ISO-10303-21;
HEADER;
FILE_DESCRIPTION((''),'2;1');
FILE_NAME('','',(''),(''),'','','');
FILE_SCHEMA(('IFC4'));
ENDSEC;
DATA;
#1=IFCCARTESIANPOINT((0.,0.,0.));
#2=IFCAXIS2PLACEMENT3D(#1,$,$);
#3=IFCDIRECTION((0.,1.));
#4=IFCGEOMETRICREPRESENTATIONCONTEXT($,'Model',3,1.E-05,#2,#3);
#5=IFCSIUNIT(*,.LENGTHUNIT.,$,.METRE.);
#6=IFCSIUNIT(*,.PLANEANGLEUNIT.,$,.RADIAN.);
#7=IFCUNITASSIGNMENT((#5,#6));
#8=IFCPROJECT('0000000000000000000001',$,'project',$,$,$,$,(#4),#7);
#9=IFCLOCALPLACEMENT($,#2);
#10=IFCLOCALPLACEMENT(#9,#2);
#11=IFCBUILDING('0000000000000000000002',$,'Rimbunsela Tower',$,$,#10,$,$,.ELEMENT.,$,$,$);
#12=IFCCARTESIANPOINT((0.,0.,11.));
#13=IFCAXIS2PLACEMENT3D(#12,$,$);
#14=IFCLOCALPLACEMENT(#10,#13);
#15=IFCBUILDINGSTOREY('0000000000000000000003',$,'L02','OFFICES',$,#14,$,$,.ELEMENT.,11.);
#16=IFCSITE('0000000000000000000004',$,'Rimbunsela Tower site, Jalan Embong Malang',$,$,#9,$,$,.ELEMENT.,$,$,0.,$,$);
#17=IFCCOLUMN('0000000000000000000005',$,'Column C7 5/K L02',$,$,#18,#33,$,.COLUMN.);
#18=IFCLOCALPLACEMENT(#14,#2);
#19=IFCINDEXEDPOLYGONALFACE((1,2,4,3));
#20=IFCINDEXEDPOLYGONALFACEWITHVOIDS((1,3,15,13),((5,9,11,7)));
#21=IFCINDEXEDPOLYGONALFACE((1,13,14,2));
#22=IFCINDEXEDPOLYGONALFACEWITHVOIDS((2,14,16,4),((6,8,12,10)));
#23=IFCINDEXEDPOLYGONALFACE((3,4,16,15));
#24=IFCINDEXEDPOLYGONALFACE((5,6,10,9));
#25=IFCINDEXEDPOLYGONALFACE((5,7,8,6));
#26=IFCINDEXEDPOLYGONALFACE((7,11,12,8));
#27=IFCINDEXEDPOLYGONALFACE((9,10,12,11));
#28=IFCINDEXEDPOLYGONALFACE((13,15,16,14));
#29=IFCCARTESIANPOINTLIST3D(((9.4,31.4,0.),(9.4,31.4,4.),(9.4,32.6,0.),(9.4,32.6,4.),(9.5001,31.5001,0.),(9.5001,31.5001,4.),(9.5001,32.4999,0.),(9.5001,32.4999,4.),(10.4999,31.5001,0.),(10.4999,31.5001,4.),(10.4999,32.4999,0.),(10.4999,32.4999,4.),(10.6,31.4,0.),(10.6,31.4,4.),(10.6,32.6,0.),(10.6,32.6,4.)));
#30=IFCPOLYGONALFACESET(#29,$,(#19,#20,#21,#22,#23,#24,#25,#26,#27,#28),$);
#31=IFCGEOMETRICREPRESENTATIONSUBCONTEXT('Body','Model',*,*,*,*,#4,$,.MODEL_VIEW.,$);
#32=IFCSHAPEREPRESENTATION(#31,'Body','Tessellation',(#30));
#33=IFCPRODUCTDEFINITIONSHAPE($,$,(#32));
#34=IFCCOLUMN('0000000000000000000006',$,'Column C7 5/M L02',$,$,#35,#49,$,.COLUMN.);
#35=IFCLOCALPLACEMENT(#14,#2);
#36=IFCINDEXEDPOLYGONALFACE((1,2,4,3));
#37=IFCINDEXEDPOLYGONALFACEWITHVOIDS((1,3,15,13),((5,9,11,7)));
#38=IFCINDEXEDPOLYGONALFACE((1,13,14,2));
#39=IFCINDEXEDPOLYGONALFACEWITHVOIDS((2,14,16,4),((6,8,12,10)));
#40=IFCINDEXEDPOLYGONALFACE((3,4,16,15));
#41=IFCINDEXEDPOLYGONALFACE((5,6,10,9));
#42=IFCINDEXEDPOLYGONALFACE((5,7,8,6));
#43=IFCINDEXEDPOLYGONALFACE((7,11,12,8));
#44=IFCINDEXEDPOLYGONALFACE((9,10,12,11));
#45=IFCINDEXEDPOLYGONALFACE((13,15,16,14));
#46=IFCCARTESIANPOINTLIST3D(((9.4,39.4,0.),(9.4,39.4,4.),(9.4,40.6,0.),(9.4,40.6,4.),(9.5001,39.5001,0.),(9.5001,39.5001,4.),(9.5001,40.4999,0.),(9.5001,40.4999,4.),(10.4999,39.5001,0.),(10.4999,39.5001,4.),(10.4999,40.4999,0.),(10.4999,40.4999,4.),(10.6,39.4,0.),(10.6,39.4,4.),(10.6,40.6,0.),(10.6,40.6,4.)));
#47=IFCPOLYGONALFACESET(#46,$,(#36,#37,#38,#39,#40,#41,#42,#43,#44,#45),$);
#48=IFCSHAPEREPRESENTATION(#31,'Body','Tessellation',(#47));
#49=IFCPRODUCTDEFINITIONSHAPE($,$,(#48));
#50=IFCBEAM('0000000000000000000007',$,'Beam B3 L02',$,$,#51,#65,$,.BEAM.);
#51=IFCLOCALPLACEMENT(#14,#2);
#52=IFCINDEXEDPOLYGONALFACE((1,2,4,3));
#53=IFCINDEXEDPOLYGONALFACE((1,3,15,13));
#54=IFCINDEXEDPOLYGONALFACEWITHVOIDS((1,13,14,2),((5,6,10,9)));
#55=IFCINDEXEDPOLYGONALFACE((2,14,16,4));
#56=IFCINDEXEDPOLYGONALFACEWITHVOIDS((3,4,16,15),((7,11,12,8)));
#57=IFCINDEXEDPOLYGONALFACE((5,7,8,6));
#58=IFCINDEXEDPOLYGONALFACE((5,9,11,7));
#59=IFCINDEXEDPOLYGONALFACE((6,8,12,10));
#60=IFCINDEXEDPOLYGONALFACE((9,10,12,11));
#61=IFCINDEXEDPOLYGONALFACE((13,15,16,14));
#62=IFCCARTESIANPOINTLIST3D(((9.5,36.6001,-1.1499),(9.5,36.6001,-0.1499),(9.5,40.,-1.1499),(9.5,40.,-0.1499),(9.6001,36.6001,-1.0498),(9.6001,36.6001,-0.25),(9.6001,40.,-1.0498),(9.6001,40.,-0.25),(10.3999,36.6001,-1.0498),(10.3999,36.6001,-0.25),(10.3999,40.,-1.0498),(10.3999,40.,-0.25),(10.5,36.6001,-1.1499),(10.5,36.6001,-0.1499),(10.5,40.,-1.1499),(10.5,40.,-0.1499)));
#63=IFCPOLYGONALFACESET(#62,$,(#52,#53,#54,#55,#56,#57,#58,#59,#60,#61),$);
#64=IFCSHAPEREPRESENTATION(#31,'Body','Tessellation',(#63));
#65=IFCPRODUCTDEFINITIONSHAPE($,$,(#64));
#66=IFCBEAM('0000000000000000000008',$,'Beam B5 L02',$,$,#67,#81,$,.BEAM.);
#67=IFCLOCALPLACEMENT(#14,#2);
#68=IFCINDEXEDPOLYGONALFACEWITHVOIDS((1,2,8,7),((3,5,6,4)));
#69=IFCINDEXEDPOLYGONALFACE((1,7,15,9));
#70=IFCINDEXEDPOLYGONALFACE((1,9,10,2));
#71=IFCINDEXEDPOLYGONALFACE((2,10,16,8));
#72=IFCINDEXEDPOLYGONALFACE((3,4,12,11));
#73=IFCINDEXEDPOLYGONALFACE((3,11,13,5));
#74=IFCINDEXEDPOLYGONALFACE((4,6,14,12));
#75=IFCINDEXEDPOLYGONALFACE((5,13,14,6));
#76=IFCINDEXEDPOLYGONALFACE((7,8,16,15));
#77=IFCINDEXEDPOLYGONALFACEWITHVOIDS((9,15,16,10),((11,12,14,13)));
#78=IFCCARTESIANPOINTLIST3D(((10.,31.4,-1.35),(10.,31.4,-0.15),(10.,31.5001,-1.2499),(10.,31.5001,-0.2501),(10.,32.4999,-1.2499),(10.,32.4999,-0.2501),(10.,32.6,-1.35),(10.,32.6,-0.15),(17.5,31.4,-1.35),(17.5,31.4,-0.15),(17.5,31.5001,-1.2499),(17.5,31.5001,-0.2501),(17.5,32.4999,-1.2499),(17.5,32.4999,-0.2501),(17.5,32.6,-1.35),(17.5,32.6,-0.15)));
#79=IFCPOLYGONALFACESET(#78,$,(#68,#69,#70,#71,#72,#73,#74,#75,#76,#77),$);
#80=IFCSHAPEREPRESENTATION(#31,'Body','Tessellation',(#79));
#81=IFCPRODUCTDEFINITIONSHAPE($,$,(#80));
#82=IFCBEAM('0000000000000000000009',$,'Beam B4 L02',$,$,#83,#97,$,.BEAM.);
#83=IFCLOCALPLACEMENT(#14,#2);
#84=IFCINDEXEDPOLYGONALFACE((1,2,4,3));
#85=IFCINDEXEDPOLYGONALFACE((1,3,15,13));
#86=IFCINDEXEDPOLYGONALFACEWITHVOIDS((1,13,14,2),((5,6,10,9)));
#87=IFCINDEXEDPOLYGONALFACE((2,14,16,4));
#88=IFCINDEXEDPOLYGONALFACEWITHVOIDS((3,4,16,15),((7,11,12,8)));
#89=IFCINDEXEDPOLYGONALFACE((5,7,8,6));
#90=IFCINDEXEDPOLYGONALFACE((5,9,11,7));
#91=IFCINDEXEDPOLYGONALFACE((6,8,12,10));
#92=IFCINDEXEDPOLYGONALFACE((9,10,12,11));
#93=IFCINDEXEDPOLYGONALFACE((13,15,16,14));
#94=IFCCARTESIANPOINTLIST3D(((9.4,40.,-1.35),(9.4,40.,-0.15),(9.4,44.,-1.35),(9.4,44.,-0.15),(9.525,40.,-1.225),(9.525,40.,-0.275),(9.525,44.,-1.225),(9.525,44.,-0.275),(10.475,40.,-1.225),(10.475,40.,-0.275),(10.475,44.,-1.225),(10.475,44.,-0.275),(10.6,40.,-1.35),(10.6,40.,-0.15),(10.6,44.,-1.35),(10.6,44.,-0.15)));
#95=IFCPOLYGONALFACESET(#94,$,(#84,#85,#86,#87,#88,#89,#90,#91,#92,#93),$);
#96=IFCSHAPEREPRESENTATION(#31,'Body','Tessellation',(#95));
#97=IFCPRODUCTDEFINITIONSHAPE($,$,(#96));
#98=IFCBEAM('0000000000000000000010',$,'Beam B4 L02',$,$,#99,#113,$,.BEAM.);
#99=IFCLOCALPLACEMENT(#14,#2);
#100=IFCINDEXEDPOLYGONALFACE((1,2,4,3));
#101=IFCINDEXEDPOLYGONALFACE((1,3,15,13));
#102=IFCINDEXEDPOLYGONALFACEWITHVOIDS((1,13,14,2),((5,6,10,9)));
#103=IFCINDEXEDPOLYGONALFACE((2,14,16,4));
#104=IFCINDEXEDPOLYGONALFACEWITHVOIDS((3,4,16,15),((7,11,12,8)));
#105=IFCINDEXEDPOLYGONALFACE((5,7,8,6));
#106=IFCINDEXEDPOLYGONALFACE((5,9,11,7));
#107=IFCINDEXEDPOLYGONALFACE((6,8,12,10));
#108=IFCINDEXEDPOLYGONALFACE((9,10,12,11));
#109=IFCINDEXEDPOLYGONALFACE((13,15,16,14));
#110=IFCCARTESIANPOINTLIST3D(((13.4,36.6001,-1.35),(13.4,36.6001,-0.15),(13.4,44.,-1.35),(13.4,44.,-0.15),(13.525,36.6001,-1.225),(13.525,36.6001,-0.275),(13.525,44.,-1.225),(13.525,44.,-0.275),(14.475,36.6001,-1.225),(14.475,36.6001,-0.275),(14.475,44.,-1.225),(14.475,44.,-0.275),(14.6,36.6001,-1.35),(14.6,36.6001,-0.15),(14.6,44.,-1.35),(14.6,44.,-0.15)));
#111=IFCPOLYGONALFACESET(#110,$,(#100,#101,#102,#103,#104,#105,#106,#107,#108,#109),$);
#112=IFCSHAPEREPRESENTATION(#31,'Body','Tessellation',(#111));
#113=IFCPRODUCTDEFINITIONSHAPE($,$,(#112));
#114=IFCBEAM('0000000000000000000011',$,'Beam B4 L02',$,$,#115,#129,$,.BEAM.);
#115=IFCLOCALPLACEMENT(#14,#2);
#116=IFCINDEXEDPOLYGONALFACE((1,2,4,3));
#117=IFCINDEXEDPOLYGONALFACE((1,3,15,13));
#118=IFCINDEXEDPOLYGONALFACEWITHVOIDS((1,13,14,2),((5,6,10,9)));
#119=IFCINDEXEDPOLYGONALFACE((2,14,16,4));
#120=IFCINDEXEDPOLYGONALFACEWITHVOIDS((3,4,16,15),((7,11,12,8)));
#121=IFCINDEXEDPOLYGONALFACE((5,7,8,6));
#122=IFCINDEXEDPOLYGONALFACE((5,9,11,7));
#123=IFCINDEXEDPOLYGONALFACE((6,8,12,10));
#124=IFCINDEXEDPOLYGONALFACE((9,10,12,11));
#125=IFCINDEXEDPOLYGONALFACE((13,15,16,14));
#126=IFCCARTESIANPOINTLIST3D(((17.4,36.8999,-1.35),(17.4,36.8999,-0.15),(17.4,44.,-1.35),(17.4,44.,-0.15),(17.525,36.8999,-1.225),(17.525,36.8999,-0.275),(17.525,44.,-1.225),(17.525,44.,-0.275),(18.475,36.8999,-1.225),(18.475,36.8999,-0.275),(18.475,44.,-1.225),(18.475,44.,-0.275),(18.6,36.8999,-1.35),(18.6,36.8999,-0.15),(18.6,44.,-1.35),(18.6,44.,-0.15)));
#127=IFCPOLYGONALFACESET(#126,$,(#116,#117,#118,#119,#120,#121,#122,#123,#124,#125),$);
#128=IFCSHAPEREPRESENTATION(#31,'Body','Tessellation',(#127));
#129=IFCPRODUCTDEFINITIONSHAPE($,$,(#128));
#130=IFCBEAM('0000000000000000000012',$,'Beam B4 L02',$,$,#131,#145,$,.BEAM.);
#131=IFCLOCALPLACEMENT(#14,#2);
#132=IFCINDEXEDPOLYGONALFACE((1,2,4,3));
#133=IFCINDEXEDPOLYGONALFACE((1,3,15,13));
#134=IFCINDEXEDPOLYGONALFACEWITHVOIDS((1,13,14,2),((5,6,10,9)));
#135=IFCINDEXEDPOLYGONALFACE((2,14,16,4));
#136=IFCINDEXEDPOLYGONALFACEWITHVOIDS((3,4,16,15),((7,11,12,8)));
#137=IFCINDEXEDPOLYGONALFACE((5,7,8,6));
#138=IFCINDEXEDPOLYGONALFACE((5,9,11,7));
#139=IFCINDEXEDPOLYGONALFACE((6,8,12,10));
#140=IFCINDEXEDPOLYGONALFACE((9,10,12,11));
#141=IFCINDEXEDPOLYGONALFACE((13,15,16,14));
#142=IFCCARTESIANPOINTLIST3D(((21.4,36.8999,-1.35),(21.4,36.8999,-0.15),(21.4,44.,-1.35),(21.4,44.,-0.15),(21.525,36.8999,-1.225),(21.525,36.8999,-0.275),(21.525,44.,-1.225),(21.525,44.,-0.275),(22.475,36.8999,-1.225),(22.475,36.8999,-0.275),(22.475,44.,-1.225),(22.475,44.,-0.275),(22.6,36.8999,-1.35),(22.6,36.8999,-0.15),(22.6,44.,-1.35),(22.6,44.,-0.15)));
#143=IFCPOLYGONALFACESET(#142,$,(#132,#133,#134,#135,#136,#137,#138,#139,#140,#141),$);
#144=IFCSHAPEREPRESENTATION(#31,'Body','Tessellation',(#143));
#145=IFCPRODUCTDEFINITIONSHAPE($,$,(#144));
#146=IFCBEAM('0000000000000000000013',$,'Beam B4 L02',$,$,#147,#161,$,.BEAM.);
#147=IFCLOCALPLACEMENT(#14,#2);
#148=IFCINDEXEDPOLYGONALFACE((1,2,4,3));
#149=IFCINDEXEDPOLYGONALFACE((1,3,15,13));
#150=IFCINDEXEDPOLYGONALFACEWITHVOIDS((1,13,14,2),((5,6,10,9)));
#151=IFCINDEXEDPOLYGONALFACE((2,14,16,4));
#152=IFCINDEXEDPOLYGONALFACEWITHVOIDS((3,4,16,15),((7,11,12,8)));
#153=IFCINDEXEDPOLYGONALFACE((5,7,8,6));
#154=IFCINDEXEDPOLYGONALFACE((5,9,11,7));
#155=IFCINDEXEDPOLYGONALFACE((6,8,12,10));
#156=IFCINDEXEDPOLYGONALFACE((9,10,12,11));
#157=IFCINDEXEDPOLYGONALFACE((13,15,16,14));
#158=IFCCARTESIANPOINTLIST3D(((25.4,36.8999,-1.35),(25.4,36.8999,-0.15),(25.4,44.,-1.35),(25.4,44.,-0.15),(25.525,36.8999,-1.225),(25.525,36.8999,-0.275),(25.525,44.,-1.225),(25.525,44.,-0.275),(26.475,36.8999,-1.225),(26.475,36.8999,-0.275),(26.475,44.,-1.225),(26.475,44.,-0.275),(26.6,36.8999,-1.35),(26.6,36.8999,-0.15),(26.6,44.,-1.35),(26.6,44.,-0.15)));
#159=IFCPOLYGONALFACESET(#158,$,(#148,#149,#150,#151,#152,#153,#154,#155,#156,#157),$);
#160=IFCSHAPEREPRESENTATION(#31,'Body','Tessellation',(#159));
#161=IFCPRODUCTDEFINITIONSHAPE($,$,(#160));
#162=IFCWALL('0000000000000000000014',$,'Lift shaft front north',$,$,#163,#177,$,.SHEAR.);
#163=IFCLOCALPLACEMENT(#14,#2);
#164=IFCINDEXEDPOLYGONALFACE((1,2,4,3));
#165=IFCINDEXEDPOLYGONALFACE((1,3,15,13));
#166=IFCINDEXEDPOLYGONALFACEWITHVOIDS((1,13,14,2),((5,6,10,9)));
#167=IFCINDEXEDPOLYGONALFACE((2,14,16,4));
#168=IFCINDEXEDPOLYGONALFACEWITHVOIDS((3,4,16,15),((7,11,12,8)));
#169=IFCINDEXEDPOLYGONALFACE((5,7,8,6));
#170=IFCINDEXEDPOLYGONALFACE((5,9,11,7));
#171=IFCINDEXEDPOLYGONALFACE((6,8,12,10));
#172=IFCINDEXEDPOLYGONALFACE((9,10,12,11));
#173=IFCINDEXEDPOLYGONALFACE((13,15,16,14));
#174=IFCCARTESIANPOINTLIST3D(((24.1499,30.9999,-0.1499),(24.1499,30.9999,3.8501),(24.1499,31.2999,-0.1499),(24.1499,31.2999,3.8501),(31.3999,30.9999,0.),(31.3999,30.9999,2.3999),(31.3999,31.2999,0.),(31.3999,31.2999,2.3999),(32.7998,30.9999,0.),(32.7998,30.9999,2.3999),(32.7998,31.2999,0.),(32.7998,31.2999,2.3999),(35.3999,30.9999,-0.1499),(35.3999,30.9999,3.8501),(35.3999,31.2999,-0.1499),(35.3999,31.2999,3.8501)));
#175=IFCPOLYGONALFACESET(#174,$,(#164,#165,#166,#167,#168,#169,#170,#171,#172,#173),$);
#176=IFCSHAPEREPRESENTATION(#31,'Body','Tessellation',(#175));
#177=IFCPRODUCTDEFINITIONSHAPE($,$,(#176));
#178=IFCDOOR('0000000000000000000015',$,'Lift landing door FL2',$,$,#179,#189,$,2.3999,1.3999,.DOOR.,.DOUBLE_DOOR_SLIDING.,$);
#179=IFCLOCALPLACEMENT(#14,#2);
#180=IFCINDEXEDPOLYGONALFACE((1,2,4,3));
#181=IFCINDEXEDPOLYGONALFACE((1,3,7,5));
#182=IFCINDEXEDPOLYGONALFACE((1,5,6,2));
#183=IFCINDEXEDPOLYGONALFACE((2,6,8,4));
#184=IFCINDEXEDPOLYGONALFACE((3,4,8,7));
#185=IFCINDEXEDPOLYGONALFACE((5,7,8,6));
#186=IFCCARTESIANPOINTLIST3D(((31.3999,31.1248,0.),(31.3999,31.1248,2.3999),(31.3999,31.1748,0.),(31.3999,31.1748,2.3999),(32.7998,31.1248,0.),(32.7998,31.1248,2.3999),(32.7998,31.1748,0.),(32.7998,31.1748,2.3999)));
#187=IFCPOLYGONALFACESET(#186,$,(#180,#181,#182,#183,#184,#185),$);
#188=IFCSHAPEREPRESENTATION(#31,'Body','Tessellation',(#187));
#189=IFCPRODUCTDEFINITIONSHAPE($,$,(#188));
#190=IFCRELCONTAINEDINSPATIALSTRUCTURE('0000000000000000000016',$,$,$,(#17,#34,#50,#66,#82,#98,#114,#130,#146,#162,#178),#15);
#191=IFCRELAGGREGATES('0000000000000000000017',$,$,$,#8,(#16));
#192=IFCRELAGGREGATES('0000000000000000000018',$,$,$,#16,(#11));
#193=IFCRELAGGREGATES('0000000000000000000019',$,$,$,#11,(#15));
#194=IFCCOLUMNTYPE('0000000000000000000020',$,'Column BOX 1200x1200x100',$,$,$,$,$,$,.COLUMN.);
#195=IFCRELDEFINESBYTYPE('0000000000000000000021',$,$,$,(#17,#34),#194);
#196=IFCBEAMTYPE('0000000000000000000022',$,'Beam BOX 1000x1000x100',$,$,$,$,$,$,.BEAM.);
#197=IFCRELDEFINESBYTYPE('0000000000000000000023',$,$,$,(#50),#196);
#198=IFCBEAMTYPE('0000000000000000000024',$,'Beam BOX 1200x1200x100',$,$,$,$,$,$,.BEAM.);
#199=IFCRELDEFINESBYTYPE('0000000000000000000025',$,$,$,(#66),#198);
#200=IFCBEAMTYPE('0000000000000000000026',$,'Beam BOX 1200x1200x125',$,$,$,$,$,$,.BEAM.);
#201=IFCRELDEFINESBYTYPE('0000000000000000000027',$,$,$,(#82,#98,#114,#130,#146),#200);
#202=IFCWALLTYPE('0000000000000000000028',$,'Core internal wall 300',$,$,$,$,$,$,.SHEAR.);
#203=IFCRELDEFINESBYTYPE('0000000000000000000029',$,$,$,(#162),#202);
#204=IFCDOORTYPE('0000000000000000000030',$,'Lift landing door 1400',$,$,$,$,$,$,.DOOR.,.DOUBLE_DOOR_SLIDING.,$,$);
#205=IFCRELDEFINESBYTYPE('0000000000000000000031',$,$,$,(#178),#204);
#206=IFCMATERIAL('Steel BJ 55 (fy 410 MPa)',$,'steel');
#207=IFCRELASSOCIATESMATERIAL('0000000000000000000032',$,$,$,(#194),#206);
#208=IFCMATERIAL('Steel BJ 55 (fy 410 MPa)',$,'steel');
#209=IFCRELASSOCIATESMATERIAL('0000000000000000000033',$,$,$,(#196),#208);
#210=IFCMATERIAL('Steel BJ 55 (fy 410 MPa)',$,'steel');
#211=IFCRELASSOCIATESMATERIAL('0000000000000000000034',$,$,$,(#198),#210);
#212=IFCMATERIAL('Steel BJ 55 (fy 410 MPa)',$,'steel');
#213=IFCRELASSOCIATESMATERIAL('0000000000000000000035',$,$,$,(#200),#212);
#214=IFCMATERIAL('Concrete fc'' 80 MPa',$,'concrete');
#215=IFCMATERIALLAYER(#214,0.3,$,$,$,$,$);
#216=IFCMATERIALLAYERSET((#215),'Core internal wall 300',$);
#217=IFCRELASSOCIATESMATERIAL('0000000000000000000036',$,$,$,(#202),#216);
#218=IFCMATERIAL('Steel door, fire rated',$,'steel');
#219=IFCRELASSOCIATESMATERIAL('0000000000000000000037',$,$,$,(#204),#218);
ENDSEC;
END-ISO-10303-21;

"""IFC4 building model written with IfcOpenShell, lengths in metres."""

from ifc_helpers import new_model, si_unit, direction, frame, frame_2d, origin, origin_2d, place, context, subcontext, project, spatial, rectangle, hollow_rectangle, extrude, material, layer, layer_set, material_profile, profile_set, type_object, element, fill, save


model = new_model("IFC4")

# Units and contexts
model_context = context("Model", 3, precision=1e-05, world=origin(), true_north=direction((0.0, 1.0)))
body_context = subcontext(model_context, "Body", "Model", "MODEL_VIEW")
ifc_project = project(units=[si_unit("LENGTHUNIT", "METRE"), si_unit("PLANEANGLEUNIT", "RADIAN")], contexts=[model_context])

# Site, building, storey
site_placement = place(None, origin())
site = spatial("IfcSite", under=ifc_project, at=site_placement, Name="Rimbunsela Tower site, Jalan Embong Malang", CompositionType="ELEMENT", RefElevation=0.0)
building_placement = place(site_placement, origin())
building = spatial("IfcBuilding", under=site, at=building_placement, Name="Rimbunsela Tower", CompositionType="ELEMENT")
storey_placement = place(building_placement, frame((0.0, 0.0, 11.0)))
storey = spatial("IfcBuildingStorey", under=building, at=storey_placement, Name="L02", Description="OFFICES", CompositionType="ELEMENT", Elevation=11.0)

# Columns
ifc_material_1 = material(Name="Steel BJ 55 (fy 410 MPa)", Category="steel")
ifc_material_profile_1 = material_profile(ifc_material_1, hollow_rectangle(XDim=1.2, YDim=1.2, WallThickness=0.1001, at=origin_2d()), Name="BOX 1200x1200x100")
ifc_profile_set_1 = profile_set([ifc_material_profile_1], Name="Steel BJ 55 (fy 410 MPa)")
column_type = type_object("IfcColumnType", Name="Column BOX 1200x1200x100", PredefinedType="COLUMN", material=ifc_profile_set_1)
for number, where, z_axis, x_axis, name in (
    (1, (10.0, 32.0, 0.0), (0.0, 0.0, 1.0), (1.0, 0.0, 0.0), "Column C7 5/K L02"),
    (2, (10.0, 40.0, 0.0), (0.0, 0.0, 1.0), (1.0, 0.0, 0.0), "Column C7 5/M L02"),
):
    element("IfcColumn", number, at=place(storey_placement, frame(where, z_axis=z_axis, x_axis=x_axis)), inside=storey, type_object=column_type, Name=name, PredefinedType="COLUMN", context=body_context, shape_type="SweptSolid", body=[
        extrude(hollow_rectangle(XDim=1.2, YDim=1.2, WallThickness=0.1001, at=origin_2d()), origin(), (0.0, 0.0, 1.0), 4.0),
    ])

# Beams
ifc_material_2 = material(Name="Steel BJ 55 (fy 410 MPa)", Category="steel")
ifc_material_profile_2 = material_profile(ifc_material_2, hollow_rectangle(XDim=1.0, YDim=1.0, WallThickness=0.1001, at=origin_2d()), Name="BOX 1000x1000x100")
ifc_profile_set_2 = profile_set([ifc_material_profile_2], Name="Steel BJ 55 (fy 410 MPa)")
beam_type_1 = type_object("IfcBeamType", Name="Beam BOX 1000x1000x100", PredefinedType="BEAM", material=ifc_profile_set_2)
beam_1_placement = place(storey_placement, frame((10.0, 36.6001, -0.6499), z_axis=(0.0, 1.0, 0.0), x_axis=(-1.0, 0.0, 0.0)))
element("IfcBeam", 3, at=beam_1_placement, inside=storey, type_object=beam_type_1, Name="Beam B3 L02", PredefinedType="BEAM", context=body_context, shape_type="SweptSolid", body=[
    extrude(hollow_rectangle(XDim=1.0, YDim=1.0, WallThickness=0.1001, at=origin_2d()), origin(), (0.0, 0.0, 1.0), 3.3999),
])
ifc_material_3 = material(Name="Steel BJ 55 (fy 410 MPa)", Category="steel")
ifc_material_profile_3 = material_profile(ifc_material_3, hollow_rectangle(XDim=1.2, YDim=1.2, WallThickness=0.1001, at=origin_2d()), Name="BOX 1200x1200x100")
ifc_profile_set_3 = profile_set([ifc_material_profile_3], Name="Steel BJ 55 (fy 410 MPa)")
beam_type_2 = type_object("IfcBeamType", Name="Beam BOX 1200x1200x100", PredefinedType="BEAM", material=ifc_profile_set_3)
beam_2_placement = place(storey_placement, frame((10.0, 32.0, -0.75), z_axis=(1.0, 0.0, 0.0), x_axis=(0.0, 1.0, 0.0)))
element("IfcBeam", 4, at=beam_2_placement, inside=storey, type_object=beam_type_2, Name="Beam B5 L02", PredefinedType="BEAM", context=body_context, shape_type="SweptSolid", body=[
    extrude(hollow_rectangle(XDim=1.2, YDim=1.2, WallThickness=0.1001, at=origin_2d()), origin(), (0.0, 0.0, 1.0), 7.5),
])
ifc_material_4 = material(Name="Steel BJ 55 (fy 410 MPa)", Category="steel")
ifc_material_profile_4 = material_profile(ifc_material_4, hollow_rectangle(XDim=1.2, YDim=1.2, WallThickness=0.125, at=origin_2d()), Name="BOX 1200x1200x125")
ifc_profile_set_4 = profile_set([ifc_material_profile_4], Name="Steel BJ 55 (fy 410 MPa)")
beam_type_3 = type_object("IfcBeamType", Name="Beam BOX 1200x1200x125", PredefinedType="BEAM", material=ifc_profile_set_4)
beam_3_placement = place(storey_placement, frame((10.0, 40.0, -0.75), z_axis=(0.0, 1.0, 0.0), x_axis=(-1.0, 0.0, 0.0)))
element("IfcBeam", 5, at=beam_3_placement, inside=storey, type_object=beam_type_3, Name="Beam B4 L02", PredefinedType="BEAM", context=body_context, shape_type="SweptSolid", body=[
    extrude(hollow_rectangle(XDim=1.2, YDim=1.2, WallThickness=0.125, at=origin_2d()), origin(), (0.0, 0.0, 1.0), 4.0),
])
beam_4_placement = place(storey_placement, frame((14.0, 36.6001, -0.75), z_axis=(0.0, 1.0, 0.0), x_axis=(-1.0, 0.0, 0.0)))
element("IfcBeam", 6, at=beam_4_placement, inside=storey, type_object=beam_type_3, Name="Beam B4 L02", PredefinedType="BEAM", context=body_context, shape_type="SweptSolid", body=[
    extrude(hollow_rectangle(XDim=1.2, YDim=1.2, WallThickness=0.125, at=origin_2d()), origin(), (0.0, 0.0, 1.0), 7.3999),
])
for number, where, z_axis, x_axis, name in (
    (7, (18.0, 36.8999, -0.75), (0.0, 1.0, 0.0), (-1.0, 0.0, 0.0), "Beam B4 L02"),
    (8, (22.0, 36.8999, -0.75), (0.0, 1.0, 0.0), (-1.0, 0.0, 0.0), "Beam B4 L02"),
    (9, (26.0, 36.8999, -0.75), (0.0, 1.0, 0.0), (-1.0, 0.0, 0.0), "Beam B4 L02"),
):
    element("IfcBeam", number, at=place(storey_placement, frame(where, z_axis=z_axis, x_axis=x_axis)), inside=storey, type_object=beam_type_3, Name=name, PredefinedType="BEAM", context=body_context, shape_type="SweptSolid", body=[
        extrude(hollow_rectangle(XDim=1.2, YDim=1.2, WallThickness=0.125, at=origin_2d()), origin(), (0.0, 0.0, 1.0), 7.1001),
    ])

# Wall, opening, door
ifc_material_5 = material(Name="Concrete fc' 80 MPa", Category="concrete")
ifc_layer_1 = layer(ifc_material_5, 0.3)
ifc_layer_set_1 = layer_set([ifc_layer_1], Name="Core internal wall 300")
wall_type_1 = type_object("IfcWallType", Name="Core internal wall 300", PredefinedType="SHEAR", material=ifc_layer_set_1)
wall_1_placement = place(storey_placement, frame((24.1499, 31.1499, -0.1499), z_axis=(0.0, 0.0, 1.0), x_axis=(1.0, 0.0, 0.0)))
wall_1 = element("IfcWall", 10, at=wall_1_placement, inside=storey, type_object=wall_type_1, Name="Lift shaft front north", PredefinedType="SHEAR", context=body_context, shape_type="SweptSolid", body=[
    extrude(rectangle(XDim=11.25, YDim=0.3, at=frame_2d((5.625, 0.0))), origin(), (0.0, 0.0, 1.0), 4.0),
])
opening_1_placement = place(wall_1_placement, frame((7.25, 0.0, 0.1499)))
opening_1 = element("IfcOpeningElement", 11, at=opening_1_placement, cuts=wall_1, PredefinedType="OPENING", context=body_context, shape_type="SweptSolid", body=[
    extrude(rectangle(XDim=1.3999, YDim=2.3999, at=frame_2d((0.7, 1.2))), frame((0.0, 0.1599, 0.0), z_axis=(0.0, -1.0, 0.0), x_axis=(1.0, 0.0, 0.0)), (0.0, 0.0, 1.0), 0.3201),
])
ifc_material_6 = material(Name="Steel door, fire rated", Category="steel")
door_type_1 = type_object("IfcDoorType", Name="Lift landing door 1400", OperationType="DOUBLE_DOOR_SLIDING", PredefinedType="DOOR", material=ifc_material_6)
door_1_placement = place(opening_1_placement, origin())
door_1 = element("IfcDoor", 12, at=door_1_placement, inside=storey, type_object=door_type_1, Name="Lift landing door FL2", OperationType="DOUBLE_DOOR_SLIDING", OverallHeight=2.3999, OverallWidth=1.3999, PredefinedType="DOOR", context=body_context, shape_type="SweptSolid", body=[
    extrude(rectangle(XDim=1.3999, YDim=2.3999, at=frame_2d((0.7, 1.2))), frame((0.0, 0.0249, 0.0), z_axis=(0.0, -1.0, 0.0), x_axis=(1.0, 0.0, 0.0)), (0.0, 0.0, 1.0), 0.05),
])
fill(opening_1, door_1)

save(model, "model.ifc")
